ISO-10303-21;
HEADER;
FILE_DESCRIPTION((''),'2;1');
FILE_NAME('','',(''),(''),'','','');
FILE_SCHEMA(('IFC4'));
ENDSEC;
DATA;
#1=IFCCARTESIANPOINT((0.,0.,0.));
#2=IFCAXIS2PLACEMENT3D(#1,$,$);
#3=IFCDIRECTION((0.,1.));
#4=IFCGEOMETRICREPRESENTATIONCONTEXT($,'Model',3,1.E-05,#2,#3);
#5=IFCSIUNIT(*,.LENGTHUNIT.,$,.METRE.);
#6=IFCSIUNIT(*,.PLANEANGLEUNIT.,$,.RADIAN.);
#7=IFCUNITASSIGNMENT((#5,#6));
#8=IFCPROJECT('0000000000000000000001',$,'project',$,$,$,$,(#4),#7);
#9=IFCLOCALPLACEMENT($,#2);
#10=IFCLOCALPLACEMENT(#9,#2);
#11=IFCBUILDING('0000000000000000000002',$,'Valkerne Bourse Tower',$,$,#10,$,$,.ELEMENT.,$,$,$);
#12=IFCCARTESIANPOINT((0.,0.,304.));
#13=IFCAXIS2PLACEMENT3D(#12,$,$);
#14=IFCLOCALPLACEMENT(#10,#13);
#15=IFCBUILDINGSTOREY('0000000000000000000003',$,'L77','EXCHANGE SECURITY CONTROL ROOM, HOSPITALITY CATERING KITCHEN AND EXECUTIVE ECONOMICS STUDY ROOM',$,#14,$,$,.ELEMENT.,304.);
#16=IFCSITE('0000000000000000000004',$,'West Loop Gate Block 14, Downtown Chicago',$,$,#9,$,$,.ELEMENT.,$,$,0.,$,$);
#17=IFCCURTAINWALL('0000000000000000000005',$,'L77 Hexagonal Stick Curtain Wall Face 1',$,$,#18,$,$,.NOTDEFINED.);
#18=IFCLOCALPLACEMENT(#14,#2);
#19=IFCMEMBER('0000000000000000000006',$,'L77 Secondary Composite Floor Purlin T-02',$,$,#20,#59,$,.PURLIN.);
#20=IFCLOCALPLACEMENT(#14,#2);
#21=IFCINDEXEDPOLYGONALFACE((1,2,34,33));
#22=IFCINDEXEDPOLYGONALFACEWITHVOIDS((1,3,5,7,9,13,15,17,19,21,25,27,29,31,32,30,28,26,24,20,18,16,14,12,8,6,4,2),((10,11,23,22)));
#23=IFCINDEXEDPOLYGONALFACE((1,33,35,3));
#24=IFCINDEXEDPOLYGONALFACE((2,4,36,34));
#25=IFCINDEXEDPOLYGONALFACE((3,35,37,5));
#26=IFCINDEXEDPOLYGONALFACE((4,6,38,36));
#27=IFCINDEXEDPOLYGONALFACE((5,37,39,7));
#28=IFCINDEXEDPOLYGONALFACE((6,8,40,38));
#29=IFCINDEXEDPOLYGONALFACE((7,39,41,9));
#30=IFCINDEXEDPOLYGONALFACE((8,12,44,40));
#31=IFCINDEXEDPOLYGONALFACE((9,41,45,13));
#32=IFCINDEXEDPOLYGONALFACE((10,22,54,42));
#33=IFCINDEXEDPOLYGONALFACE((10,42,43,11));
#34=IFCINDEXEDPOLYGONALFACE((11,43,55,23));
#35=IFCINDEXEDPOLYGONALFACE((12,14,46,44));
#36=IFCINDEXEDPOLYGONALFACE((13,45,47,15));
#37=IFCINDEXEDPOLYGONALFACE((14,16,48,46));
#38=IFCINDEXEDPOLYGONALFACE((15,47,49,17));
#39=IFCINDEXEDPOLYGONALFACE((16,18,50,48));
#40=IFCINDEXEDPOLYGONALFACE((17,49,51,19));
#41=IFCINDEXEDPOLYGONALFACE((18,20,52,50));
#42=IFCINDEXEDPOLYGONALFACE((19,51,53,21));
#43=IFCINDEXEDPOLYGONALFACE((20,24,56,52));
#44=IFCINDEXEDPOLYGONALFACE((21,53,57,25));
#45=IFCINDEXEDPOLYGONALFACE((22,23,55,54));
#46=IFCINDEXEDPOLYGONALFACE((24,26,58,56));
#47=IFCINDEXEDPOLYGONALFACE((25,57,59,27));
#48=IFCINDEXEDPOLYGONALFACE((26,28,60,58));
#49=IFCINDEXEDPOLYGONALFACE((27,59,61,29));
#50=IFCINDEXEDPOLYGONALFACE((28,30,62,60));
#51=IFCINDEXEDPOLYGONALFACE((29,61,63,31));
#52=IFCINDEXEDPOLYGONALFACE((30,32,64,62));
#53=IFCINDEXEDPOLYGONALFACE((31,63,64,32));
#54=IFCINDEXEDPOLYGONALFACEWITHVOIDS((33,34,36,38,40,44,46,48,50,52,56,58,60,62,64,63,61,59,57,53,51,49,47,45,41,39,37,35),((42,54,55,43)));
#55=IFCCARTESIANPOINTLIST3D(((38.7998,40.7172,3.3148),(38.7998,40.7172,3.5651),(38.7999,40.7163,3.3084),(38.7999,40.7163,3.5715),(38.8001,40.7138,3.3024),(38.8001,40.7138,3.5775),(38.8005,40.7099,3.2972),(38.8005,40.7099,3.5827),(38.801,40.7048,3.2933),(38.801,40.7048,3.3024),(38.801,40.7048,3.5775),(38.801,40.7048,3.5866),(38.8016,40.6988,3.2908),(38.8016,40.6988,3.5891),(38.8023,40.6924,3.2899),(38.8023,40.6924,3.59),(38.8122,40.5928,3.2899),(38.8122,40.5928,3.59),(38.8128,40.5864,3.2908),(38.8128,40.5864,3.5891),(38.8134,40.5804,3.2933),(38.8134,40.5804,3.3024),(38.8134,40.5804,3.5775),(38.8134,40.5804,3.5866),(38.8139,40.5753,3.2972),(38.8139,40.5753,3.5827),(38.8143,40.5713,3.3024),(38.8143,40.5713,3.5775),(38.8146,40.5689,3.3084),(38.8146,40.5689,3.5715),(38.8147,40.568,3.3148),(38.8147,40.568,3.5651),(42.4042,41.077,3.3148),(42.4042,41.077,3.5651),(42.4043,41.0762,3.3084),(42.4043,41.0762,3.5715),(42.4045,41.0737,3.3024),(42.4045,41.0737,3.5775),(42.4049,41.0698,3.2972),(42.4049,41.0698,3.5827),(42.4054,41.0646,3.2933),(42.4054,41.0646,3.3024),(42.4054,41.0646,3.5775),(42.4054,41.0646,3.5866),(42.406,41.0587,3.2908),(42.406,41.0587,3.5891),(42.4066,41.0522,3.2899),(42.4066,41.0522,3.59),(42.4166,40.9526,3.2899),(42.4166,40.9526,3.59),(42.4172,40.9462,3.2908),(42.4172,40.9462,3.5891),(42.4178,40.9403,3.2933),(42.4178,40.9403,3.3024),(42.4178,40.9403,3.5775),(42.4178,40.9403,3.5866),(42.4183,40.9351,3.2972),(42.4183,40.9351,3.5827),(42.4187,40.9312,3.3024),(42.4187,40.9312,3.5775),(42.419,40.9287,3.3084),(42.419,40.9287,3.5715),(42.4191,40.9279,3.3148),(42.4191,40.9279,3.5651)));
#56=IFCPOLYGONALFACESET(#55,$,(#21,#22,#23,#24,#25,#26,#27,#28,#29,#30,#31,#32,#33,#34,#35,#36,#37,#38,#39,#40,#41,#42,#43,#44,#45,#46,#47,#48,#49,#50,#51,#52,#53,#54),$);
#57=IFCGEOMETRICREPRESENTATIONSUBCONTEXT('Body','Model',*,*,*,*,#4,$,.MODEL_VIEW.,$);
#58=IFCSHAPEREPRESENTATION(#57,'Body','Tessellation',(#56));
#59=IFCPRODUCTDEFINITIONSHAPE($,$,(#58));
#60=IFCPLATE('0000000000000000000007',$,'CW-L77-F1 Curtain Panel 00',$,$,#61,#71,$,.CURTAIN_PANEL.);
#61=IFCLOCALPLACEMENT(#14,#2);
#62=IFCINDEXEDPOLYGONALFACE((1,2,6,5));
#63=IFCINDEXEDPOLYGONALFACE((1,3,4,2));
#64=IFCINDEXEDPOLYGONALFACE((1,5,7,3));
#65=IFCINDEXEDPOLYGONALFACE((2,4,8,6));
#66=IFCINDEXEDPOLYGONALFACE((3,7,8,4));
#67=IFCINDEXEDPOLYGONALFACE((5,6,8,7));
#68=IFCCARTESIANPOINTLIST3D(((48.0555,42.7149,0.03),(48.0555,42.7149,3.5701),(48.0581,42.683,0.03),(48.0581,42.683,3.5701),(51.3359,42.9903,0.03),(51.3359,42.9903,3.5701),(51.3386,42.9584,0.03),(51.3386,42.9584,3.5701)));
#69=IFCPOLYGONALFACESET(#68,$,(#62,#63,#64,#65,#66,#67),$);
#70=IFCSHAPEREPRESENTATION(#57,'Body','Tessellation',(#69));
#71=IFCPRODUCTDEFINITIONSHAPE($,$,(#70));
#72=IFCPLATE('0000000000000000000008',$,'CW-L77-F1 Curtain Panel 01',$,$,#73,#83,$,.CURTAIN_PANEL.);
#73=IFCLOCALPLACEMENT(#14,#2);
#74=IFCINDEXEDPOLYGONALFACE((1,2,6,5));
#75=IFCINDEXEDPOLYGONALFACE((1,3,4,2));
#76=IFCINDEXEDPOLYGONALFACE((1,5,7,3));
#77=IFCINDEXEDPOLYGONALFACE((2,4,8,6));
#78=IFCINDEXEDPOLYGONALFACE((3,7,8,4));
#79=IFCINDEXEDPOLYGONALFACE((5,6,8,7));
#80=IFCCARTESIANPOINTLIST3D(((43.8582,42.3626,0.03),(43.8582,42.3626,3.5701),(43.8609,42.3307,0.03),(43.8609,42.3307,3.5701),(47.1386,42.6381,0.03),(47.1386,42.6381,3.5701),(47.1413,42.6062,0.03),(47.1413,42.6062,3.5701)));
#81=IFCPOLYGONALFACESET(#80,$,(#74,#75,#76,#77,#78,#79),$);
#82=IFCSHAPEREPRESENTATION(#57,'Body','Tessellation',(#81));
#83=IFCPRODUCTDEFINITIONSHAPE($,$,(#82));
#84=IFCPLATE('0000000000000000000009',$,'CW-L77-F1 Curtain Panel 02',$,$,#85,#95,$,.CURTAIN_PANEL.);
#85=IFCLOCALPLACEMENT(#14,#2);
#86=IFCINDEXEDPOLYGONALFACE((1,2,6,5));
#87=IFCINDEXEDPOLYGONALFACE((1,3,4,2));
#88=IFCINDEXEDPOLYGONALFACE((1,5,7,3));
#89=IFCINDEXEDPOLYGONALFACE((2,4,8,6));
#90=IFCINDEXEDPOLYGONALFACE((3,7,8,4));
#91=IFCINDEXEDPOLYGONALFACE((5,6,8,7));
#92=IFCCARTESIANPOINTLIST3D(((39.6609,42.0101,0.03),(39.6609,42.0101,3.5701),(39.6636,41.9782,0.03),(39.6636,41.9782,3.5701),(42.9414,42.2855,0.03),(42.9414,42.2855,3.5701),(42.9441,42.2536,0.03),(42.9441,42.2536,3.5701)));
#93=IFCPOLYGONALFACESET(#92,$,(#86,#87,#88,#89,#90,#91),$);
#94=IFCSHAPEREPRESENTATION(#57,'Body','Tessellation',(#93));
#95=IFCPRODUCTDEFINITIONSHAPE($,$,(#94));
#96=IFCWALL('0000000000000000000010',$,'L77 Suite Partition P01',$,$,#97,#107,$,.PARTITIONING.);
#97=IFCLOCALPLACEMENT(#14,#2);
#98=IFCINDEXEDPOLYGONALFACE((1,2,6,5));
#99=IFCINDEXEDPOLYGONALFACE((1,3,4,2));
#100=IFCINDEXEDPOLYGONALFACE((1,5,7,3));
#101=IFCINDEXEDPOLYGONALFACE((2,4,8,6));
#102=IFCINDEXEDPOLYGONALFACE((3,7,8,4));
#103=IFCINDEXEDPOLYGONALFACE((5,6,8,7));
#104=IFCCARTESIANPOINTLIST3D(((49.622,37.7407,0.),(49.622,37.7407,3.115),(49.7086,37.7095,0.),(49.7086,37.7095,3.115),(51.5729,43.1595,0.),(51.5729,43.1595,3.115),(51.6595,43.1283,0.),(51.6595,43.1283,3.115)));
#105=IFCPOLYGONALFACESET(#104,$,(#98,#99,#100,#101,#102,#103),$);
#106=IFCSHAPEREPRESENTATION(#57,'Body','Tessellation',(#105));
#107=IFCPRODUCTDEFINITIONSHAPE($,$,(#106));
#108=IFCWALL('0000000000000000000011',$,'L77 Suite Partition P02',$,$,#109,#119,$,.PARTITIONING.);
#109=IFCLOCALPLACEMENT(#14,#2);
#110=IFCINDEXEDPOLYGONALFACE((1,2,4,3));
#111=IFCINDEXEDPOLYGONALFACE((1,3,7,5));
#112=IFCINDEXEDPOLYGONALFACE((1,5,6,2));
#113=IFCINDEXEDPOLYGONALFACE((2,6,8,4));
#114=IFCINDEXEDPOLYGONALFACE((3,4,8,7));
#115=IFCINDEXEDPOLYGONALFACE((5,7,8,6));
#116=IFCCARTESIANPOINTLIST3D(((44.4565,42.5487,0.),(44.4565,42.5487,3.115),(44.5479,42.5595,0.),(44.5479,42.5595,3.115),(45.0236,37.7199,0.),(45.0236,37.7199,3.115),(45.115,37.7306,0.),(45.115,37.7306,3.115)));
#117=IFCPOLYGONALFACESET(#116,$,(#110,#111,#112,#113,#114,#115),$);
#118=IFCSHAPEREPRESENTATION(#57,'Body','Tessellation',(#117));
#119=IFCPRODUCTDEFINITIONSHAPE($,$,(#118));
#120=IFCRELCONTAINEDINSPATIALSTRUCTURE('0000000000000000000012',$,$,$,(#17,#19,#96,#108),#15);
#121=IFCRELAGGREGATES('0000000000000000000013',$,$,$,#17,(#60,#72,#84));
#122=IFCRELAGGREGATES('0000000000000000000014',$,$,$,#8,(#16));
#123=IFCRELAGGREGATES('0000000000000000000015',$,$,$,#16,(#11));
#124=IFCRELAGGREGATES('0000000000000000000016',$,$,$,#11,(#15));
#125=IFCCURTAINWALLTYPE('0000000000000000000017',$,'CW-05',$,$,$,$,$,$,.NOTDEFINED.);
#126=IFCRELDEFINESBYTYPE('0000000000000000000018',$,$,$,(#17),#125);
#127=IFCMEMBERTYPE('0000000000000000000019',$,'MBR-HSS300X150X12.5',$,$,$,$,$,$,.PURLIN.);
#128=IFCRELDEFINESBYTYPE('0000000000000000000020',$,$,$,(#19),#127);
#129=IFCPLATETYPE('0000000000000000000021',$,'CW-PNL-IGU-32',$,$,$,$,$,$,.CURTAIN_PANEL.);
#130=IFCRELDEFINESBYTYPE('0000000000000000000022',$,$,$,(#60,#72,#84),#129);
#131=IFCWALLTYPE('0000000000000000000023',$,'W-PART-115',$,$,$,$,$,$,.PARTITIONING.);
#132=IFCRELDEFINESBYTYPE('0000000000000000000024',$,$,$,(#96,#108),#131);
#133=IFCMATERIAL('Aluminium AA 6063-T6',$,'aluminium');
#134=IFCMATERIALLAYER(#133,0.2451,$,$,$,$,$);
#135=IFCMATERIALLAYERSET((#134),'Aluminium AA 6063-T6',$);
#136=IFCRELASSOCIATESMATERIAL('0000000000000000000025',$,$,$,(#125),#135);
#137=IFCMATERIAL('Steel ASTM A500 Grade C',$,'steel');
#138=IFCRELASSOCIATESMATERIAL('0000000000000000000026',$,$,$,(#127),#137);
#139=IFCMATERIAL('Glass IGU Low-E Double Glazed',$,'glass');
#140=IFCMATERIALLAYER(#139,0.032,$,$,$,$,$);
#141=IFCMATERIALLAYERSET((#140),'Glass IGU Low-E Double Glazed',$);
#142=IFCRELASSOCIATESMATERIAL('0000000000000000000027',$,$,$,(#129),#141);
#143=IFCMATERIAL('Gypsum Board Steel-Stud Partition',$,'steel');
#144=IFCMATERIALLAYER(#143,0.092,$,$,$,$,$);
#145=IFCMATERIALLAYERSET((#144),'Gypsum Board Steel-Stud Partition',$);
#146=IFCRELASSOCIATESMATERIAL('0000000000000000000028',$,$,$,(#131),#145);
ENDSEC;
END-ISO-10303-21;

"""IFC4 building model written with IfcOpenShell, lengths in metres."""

from ifc_helpers import new_model, si_unit, direction, frame, frame_2d, origin, origin_2d, place, context, subcontext, project, spatial, rectangle, hollow_rectangle, extrude, material, layer, layer_set, material_profile, profile_set, type_object, element, aggregate, save


model = new_model("IFC4")

# Units and contexts
model_context = context("Model", 3, precision=1e-05, world=origin(), true_north=direction((0.0, 1.0)))
body_context = subcontext(model_context, "Body", "Model", "MODEL_VIEW")
ifc_project = project(units=[si_unit("LENGTHUNIT", "METRE"), si_unit("PLANEANGLEUNIT", "RADIAN")], contexts=[model_context])

# Site, building, storey
site_placement = place(None, origin())
site = spatial("IfcSite", under=ifc_project, at=site_placement, Name="West Loop Gate Block 14, Downtown Chicago", CompositionType="ELEMENT", RefElevation=0.0)
building_placement = place(site_placement, origin())
building = spatial("IfcBuilding", under=site, at=building_placement, Name="Valkerne Bourse Tower", CompositionType="ELEMENT")
storey_placement = place(building_placement, frame((0.0, 0.0, 304.0)))
storey = spatial("IfcBuildingStorey", under=building, at=storey_placement, Name="L77", Description="EXCHANGE SECURITY CONTROL ROOM, HOSPITALITY CATERING KITCHEN AND EXECUTIVE ECONOMICS STUDY ROOM", CompositionType="ELEMENT", Elevation=304.0)

# Curtain wall
ifc_material_1 = material(Name="Aluminium AA 6063-T6", Category="aluminium")
ifc_layer_1 = layer(ifc_material_1, 0.2451)
ifc_layer_set_1 = layer_set([ifc_layer_1], Name="Aluminium AA 6063-T6")
curtain_wall_type = type_object("IfcCurtainWallType", Name="CW-05", PredefinedType="NOTDEFINED", material=ifc_layer_set_1)
curtain_wall_placement = place(storey_placement, origin())
curtain_wall = element("IfcCurtainWall", 1, at=curtain_wall_placement, inside=storey, type_object=curtain_wall_type, Name="L77 Hexagonal Stick Curtain Wall Face 1", PredefinedType="NOTDEFINED")

# Member
ifc_material_2 = material(Name="Steel ASTM A500 Grade C", Category="steel")
ifc_material_profile_1 = material_profile(ifc_material_2, hollow_rectangle(XDim=0.1499, YDim=0.3, WallThickness=0.0125, OuterFilletRadius=0.0249, at=origin_2d()), Name="HSS300X150X12.5")
ifc_profile_set_1 = profile_set([ifc_material_profile_1], Name="Steel ASTM A500 Grade C")
member_type_1 = type_object("IfcMemberType", Name="MBR-HSS300X150X12.5", PredefinedType="PURLIN", material=ifc_profile_set_1)
member_1_placement = place(storey_placement, frame((42.4116, 41.0024, 3.4399), z_axis=(-0.995053, -0.099344, 0.0), x_axis=(0.099344, -0.995053, 0.0)))
element("IfcMember", 2, at=member_1_placement, inside=storey, type_object=member_type_1, Name="L77 Secondary Composite Floor Purlin T-02", PredefinedType="PURLIN", context=body_context, shape_type="SweptSolid", body=[
    extrude(hollow_rectangle(XDim=0.1499, YDim=0.3, WallThickness=0.0125, OuterFilletRadius=0.0249, at=origin_2d()), origin(), (0.0, 0.0, 1.0), 3.6223),
])

# Plates
ifc_material_3 = material(Name="Glass IGU Low-E Double Glazed", Category="glass")
ifc_layer_2 = layer(ifc_material_3, 0.032)
ifc_layer_set_2 = layer_set([ifc_layer_2], Name="Glass IGU Low-E Double Glazed")
plate_type = type_object("IfcPlateType", Name="CW-PNL-IGU-32", PredefinedType="CURTAIN_PANEL", material=ifc_layer_set_2)
plate_1_placement = place(storey_placement, frame((49.697, 42.8367, 0.03), z_axis=(0.0, 0.0, 1.0), x_axis=(-0.996494, -0.083666, 0.0)))
plate_1 = element("IfcPlate", 3, at=plate_1_placement, type_object=plate_type, Name="CW-L77-F1 Curtain Panel 00", PredefinedType="CURTAIN_PANEL", context=body_context, shape_type="SweptSolid", body=[
    extrude(rectangle(XDim=3.292, YDim=0.032, at=origin_2d()), origin(), (0.0, 0.0, 1.0), 3.54),
])
plate_2_placement = place(storey_placement, frame((45.4998, 42.4844, 0.03), z_axis=(0.0, 0.0, 1.0), x_axis=(-0.996492, -0.08369, 0.0)))
plate_2 = element("IfcPlate", 4, at=plate_2_placement, type_object=plate_type, Name="CW-L77-F1 Curtain Panel 01", PredefinedType="CURTAIN_PANEL", context=body_context, shape_type="SweptSolid", body=[
    extrude(rectangle(XDim=3.292, YDim=0.032, at=origin_2d()), origin(), (0.0, 0.0, 1.0), 3.54),
])
plate_3_placement = place(storey_placement, frame((41.3025, 42.1318, 0.03), z_axis=(0.0, 0.0, 1.0), x_axis=(-0.996494, -0.083666, 0.0)))
plate_3 = element("IfcPlate", 5, at=plate_3_placement, type_object=plate_type, Name="CW-L77-F1 Curtain Panel 02", PredefinedType="CURTAIN_PANEL", context=body_context, shape_type="SweptSolid", body=[
    extrude(rectangle(XDim=3.292, YDim=0.032, at=origin_2d()), origin(), (0.0, 0.0, 1.0), 3.54),
])
aggregate(curtain_wall, [plate_1, plate_2, plate_3])

# Walls
ifc_material_4 = material(Name="Gypsum Board Steel-Stud Partition", Category="steel")
ifc_layer_3 = layer(ifc_material_4, 0.092)
ifc_layer_set_3 = layer_set([ifc_layer_3], Name="Gypsum Board Steel-Stud Partition")
wall_type = type_object("IfcWallType", Name="W-PART-115", PredefinedType="PARTITIONING", material=ifc_layer_set_3)
wall_1_placement = place(storey_placement, frame((49.6653, 37.7251, 0.0), z_axis=(0.0, 0.0, 1.0), x_axis=(0.338749, 0.940877, 0.0)))
element("IfcWall", 6, at=wall_1_placement, inside=storey, type_object=wall_type, Name="L77 Suite Partition P01", PredefinedType="PARTITIONING", context=body_context, shape_type="SweptSolid", body=[
    extrude(rectangle(XDim=5.7593, YDim=0.092, at=frame_2d((2.8796, 0.0))), origin(), (0.0, 0.0, 1.0), 3.115),
])
wall_2_placement = place(storey_placement, frame((45.0693, 37.7251, 0.0), z_axis=(0.0, 0.0, 1.0), x_axis=(-0.116646, 0.993174, 0.0)))
element("IfcWall", 7, at=wall_2_placement, inside=storey, type_object=wall_type, Name="L77 Suite Partition P02", PredefinedType="PARTITIONING", context=body_context, shape_type="SweptSolid", body=[
    extrude(rectangle(XDim=4.8621, YDim=0.092, at=frame_2d((2.4312, 0.0))), origin(), (0.0, 0.0, 1.0), 3.115),
])

save(model, "model.ifc")
